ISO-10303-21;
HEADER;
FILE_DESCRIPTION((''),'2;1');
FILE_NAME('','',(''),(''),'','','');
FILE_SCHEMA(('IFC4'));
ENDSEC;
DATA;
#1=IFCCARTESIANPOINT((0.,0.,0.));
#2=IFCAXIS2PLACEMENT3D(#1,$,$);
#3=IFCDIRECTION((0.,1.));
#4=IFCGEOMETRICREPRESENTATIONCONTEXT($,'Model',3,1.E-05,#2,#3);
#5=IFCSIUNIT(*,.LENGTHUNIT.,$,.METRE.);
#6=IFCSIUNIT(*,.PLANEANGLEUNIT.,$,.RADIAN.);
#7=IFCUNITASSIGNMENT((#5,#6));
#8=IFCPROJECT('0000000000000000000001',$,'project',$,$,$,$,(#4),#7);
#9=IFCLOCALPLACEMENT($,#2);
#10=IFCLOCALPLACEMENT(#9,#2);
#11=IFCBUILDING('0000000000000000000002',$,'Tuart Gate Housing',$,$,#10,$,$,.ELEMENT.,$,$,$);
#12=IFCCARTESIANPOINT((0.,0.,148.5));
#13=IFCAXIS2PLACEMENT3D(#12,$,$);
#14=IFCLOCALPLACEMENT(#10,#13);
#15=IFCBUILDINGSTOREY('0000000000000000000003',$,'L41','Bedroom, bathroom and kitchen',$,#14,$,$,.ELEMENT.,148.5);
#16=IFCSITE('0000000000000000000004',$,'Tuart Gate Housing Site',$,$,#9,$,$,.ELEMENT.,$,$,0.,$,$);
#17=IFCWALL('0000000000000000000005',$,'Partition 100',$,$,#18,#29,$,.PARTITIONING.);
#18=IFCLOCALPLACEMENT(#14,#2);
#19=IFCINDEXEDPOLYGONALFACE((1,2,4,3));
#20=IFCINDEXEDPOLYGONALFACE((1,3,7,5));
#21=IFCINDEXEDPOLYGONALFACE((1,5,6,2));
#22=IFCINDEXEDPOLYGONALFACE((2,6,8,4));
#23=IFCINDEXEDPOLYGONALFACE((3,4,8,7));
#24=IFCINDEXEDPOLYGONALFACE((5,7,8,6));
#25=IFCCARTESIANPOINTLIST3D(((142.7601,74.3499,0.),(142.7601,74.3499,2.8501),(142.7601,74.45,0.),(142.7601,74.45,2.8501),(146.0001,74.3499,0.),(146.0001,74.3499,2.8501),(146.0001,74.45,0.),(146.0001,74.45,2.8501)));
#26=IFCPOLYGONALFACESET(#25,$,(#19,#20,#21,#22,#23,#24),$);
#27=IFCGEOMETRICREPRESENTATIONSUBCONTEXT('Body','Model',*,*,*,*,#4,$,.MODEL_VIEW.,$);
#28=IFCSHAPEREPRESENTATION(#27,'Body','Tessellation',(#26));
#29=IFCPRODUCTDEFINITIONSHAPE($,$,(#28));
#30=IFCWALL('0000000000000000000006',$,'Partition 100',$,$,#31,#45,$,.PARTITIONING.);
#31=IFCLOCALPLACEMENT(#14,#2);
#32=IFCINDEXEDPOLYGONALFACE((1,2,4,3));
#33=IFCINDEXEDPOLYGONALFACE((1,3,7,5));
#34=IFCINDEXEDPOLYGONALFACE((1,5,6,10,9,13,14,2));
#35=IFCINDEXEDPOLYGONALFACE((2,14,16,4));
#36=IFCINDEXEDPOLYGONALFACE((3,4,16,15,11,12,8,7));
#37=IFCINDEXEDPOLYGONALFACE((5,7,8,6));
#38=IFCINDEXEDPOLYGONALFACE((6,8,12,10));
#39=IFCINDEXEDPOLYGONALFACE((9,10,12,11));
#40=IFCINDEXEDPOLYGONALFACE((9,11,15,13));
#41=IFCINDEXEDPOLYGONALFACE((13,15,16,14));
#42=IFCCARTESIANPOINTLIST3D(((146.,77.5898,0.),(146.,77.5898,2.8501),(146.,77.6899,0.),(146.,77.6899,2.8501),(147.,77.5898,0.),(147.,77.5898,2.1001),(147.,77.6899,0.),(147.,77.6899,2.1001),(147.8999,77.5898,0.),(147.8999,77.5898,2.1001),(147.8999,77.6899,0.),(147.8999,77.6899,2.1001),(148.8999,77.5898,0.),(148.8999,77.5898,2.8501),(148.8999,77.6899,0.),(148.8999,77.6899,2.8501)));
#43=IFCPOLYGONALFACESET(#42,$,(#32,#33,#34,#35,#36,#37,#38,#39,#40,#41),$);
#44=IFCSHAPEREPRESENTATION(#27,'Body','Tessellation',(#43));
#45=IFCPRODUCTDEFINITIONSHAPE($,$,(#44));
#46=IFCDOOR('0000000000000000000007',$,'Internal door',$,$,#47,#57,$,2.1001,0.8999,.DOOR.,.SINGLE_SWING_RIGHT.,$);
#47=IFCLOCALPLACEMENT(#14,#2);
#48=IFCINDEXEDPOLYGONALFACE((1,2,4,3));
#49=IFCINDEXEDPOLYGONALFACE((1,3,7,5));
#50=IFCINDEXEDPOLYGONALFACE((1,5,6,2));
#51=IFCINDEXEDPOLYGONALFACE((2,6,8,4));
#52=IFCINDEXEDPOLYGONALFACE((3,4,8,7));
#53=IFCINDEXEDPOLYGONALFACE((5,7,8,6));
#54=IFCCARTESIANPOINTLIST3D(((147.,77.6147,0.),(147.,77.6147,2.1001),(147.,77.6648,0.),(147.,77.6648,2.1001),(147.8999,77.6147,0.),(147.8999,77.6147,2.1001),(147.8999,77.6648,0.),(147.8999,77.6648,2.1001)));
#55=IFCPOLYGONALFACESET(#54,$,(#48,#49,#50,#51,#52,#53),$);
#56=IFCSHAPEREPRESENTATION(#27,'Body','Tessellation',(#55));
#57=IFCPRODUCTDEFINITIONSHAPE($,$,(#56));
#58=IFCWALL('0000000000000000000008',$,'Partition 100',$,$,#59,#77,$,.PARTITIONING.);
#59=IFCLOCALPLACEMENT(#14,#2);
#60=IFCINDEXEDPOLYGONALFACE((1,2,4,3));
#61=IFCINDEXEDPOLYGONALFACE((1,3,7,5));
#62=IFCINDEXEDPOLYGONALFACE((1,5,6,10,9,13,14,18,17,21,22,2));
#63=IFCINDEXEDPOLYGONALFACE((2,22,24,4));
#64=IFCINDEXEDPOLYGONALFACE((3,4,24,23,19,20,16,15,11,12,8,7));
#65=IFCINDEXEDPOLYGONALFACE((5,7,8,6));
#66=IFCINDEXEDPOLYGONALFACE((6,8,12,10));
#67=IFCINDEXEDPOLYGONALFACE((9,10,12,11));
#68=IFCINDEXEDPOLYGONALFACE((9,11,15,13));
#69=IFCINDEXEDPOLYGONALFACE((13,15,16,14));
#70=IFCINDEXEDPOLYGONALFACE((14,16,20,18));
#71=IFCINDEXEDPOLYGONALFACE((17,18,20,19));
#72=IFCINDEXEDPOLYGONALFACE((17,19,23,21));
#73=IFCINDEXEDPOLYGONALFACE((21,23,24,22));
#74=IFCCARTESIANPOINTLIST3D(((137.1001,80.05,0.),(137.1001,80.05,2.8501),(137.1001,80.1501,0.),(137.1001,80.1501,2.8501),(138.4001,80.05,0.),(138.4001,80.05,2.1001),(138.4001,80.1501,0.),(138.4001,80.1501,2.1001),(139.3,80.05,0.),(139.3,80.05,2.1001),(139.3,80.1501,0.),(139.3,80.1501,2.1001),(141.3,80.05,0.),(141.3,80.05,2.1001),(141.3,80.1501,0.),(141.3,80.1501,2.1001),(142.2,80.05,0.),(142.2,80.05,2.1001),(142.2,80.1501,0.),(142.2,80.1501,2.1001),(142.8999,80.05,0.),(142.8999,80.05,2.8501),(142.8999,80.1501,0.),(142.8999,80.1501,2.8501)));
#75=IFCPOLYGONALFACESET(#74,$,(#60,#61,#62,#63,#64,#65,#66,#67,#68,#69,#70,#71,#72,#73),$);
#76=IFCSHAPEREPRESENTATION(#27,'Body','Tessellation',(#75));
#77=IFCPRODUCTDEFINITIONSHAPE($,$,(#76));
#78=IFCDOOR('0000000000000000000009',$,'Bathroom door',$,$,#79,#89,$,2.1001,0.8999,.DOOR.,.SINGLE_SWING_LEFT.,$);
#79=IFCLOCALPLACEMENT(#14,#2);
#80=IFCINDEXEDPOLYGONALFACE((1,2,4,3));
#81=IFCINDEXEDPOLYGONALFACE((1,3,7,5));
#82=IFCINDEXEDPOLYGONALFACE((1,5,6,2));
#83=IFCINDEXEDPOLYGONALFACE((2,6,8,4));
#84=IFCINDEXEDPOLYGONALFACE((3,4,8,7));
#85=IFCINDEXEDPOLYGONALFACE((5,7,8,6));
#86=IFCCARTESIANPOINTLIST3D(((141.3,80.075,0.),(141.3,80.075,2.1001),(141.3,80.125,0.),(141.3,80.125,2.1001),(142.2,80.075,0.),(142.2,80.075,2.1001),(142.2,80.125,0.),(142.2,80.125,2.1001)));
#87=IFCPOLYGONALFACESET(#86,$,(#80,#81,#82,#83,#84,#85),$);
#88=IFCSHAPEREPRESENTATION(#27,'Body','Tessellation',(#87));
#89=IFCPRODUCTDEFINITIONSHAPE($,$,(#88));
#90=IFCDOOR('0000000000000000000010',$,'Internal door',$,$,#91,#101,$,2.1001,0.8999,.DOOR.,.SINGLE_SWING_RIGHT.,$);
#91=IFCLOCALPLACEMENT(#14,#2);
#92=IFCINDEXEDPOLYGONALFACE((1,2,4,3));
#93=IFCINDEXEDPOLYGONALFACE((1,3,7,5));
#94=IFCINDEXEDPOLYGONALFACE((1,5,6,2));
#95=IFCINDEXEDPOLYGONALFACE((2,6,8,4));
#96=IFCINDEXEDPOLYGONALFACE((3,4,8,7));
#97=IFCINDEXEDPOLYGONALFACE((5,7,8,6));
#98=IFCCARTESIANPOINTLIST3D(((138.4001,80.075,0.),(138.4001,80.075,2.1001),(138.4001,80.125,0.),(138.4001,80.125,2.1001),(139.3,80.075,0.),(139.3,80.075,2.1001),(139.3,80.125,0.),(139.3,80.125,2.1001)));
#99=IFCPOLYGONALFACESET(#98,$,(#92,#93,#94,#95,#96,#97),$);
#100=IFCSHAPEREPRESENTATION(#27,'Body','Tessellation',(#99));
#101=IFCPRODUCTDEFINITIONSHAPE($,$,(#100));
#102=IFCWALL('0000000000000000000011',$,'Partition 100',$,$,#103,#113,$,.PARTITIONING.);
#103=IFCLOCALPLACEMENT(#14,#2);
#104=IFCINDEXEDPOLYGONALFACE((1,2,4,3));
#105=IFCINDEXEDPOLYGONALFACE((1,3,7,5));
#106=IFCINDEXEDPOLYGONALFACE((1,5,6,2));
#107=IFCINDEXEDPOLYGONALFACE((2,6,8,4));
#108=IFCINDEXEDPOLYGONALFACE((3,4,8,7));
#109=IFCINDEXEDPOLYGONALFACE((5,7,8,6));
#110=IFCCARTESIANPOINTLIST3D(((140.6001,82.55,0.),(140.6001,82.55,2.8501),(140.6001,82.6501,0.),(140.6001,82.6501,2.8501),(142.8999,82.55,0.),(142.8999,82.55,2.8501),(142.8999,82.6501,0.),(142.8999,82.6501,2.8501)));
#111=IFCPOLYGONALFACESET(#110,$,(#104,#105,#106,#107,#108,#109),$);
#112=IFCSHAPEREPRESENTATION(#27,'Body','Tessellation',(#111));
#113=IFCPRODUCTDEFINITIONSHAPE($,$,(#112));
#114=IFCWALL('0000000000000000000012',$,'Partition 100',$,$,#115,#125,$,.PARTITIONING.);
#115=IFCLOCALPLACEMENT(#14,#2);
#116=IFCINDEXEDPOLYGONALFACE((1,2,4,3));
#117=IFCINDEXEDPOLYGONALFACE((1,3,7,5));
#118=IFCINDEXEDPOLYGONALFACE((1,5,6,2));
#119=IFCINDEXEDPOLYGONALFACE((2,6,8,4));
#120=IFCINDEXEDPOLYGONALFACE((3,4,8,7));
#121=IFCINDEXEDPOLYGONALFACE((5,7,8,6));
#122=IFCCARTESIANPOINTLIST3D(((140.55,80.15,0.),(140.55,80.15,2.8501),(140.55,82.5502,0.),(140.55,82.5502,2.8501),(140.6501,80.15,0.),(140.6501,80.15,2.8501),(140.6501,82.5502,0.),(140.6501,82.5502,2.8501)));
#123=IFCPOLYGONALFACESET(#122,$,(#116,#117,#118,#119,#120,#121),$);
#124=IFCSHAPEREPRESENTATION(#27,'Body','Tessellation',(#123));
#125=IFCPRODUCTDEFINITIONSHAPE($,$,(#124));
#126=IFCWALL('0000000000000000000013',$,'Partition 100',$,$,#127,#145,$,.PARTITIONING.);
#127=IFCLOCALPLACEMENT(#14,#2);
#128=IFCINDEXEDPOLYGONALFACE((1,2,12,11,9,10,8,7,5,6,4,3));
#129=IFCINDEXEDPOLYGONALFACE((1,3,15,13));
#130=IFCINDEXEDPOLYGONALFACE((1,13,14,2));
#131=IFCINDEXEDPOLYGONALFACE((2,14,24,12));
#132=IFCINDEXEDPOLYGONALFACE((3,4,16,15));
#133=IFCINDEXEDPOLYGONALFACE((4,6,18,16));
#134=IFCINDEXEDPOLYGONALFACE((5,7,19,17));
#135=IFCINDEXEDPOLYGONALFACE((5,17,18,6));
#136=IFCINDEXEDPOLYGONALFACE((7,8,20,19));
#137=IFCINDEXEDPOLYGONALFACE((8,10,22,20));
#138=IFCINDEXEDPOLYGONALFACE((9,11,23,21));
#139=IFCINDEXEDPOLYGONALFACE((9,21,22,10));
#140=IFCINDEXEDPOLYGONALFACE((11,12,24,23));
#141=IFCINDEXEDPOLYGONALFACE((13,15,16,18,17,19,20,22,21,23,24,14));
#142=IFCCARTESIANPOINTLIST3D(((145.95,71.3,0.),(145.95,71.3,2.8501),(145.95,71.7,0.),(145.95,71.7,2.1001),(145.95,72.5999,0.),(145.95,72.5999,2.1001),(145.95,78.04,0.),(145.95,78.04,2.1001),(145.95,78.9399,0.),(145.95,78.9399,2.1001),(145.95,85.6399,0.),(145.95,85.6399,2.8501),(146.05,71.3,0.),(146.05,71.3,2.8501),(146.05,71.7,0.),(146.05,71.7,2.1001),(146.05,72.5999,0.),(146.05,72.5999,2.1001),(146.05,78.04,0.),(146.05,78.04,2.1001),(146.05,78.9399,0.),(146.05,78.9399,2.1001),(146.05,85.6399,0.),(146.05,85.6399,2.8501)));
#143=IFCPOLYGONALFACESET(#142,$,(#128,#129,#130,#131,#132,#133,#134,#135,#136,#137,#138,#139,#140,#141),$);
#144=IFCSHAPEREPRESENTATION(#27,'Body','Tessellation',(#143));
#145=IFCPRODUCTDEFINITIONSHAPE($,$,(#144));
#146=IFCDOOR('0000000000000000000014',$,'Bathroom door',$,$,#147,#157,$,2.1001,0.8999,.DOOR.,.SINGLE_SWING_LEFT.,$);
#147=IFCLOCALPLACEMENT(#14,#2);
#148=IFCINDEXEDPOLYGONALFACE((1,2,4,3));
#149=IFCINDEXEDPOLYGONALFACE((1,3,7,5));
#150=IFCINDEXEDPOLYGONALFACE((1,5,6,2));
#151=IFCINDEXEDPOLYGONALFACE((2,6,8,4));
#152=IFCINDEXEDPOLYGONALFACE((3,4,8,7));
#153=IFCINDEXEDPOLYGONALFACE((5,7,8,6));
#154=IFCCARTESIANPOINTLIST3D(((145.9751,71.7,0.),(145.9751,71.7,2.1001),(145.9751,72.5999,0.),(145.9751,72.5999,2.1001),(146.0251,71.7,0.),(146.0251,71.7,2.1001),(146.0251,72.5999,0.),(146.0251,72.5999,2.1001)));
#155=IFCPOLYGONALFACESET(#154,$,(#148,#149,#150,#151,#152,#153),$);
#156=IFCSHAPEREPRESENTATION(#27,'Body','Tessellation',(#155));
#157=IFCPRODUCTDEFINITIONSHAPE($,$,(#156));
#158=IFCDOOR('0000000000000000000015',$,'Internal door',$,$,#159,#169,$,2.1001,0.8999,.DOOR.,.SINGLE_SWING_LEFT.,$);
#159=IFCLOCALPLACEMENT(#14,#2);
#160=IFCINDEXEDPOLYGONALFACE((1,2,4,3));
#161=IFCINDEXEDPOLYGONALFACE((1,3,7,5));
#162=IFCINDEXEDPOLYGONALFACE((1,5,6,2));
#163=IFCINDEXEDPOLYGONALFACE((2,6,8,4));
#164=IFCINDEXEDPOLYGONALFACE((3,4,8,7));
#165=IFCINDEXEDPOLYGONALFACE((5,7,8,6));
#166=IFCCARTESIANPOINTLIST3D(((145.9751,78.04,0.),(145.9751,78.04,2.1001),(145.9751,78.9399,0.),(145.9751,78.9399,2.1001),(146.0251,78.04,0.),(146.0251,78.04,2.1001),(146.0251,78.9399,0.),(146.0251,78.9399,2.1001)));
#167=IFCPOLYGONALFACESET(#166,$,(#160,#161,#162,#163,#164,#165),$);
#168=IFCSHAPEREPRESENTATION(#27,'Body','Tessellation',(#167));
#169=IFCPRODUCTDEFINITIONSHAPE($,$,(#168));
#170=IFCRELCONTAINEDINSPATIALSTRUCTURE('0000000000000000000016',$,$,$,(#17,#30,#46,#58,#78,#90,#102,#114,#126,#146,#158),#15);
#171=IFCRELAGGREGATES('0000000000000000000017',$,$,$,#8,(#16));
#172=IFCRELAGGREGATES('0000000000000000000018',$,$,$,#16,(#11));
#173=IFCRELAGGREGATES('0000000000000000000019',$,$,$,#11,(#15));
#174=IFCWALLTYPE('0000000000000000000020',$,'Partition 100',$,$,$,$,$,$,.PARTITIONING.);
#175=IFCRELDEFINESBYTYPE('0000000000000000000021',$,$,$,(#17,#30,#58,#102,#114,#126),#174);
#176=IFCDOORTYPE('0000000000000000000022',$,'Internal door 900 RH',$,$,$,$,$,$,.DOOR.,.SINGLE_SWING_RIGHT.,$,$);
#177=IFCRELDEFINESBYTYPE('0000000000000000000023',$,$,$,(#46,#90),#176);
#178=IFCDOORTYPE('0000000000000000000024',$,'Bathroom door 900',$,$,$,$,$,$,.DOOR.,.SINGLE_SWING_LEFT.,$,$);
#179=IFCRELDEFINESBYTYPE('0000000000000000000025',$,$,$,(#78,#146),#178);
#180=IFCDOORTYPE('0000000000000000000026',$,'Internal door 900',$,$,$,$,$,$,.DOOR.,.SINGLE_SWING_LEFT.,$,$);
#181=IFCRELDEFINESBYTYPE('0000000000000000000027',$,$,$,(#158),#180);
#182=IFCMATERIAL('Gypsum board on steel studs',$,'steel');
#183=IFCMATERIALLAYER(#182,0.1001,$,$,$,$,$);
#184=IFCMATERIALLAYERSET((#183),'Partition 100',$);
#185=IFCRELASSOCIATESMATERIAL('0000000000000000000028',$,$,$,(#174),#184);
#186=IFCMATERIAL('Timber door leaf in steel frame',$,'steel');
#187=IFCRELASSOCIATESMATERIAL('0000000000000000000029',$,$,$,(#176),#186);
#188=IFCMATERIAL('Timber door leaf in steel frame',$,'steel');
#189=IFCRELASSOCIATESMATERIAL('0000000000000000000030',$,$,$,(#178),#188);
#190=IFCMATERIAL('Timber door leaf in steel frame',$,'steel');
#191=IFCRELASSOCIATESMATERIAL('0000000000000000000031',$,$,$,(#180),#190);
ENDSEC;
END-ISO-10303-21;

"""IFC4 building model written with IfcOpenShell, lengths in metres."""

from ifc_helpers import new_model, si_unit, direction, frame, frame_2d, origin, place, context, subcontext, project, spatial, rectangle, extrude, material, layer, layer_set, type_object, element, fill, save


model = new_model("IFC4")

# Units and contexts
model_context = context("Model", 3, precision=1e-05, world=origin(), true_north=direction((0.0, 1.0)))
body_context = subcontext(model_context, "Body", "Model", "MODEL_VIEW")
ifc_project = project(units=[si_unit("LENGTHUNIT", "METRE"), si_unit("PLANEANGLEUNIT", "RADIAN")], contexts=[model_context])

# Site, building, storey
site_placement = place(None, origin())
site = spatial("IfcSite", under=ifc_project, at=site_placement, Name="Tuart Gate Housing Site", CompositionType="ELEMENT", RefElevation=0.0)
building_placement = place(site_placement, origin())
building = spatial("IfcBuilding", under=site, at=building_placement, Name="Tuart Gate Housing", CompositionType="ELEMENT")
storey_placement = place(building_placement, frame((0.0, 0.0, 148.5)))
storey = spatial("IfcBuildingStorey", under=building, at=storey_placement, Name="L41", Description="Bedroom, bathroom and kitchen", CompositionType="ELEMENT", Elevation=148.5)

# Wall
ifc_material_1 = material(Name="Gypsum board on steel studs", Category="steel")
ifc_layer_1 = layer(ifc_material_1, 0.1001)
ifc_layer_set_1 = layer_set([ifc_layer_1], Name="Partition 100")
wall_type_1 = type_object("IfcWallType", Name="Partition 100", PredefinedType="PARTITIONING", material=ifc_layer_set_1)
wall_1_placement = place(storey_placement, frame((142.76, 74.3999, 0.0), z_axis=(0.0, 0.0, 1.0), x_axis=(1.0, 0.0, 0.0)))
element("IfcWall", 1, at=wall_1_placement, inside=storey, type_object=wall_type_1, Name="Partition 100", PredefinedType="PARTITIONING", context=body_context, shape_type="SweptSolid", body=[
    extrude(rectangle(XDim=3.24, YDim=0.1001, at=frame_2d((1.6201, 0.0))), origin(), (0.0, 0.0, 1.0), 2.8501),
])

# Wall, opening, door
wall_2_placement = place(storey_placement, frame((146.0, 77.6399, 0.0), z_axis=(0.0, 0.0, 1.0), x_axis=(1.0, 0.0, 0.0)))
wall_2 = element("IfcWall", 2, at=wall_2_placement, inside=storey, type_object=wall_type_1, Name="Partition 100", PredefinedType="PARTITIONING", context=body_context, shape_type="SweptSolid", body=[
    extrude(rectangle(XDim=2.8999, YDim=0.1001, at=frame_2d((1.45, 0.0))), origin(), (0.0, 0.0, 1.0), 2.8501),
])
opening_1_placement = place(wall_2_placement, frame((1.0, 0.0, 0.0)))
opening_1 = element("IfcOpeningElement", 3, at=opening_1_placement, cuts=wall_2, PredefinedType="OPENING", context=body_context, shape_type="SweptSolid", body=[
    extrude(rectangle(XDim=0.8999, YDim=2.1001, at=frame_2d((0.45, 1.05))), frame((0.0, 0.0601, 0.0), z_axis=(0.0, -1.0, 0.0), x_axis=(1.0, 0.0, 0.0)), (0.0, 0.0, 1.0), 0.1201),
])
ifc_material_2 = material(Name="Timber door leaf in steel frame", Category="steel")
door_type_1 = type_object("IfcDoorType", Name="Internal door 900 RH", OperationType="SINGLE_SWING_RIGHT", PredefinedType="DOOR", material=ifc_material_2)
door_1_placement = place(opening_1_placement, frame((0.8999, 0.0, 0.0), z_axis=(0.0, 0.0, 1.0), x_axis=(-1.0, 0.0, 0.0)))
door_1 = element("IfcDoor", 4, at=door_1_placement, inside=storey, type_object=door_type_1, Name="Internal door", OperationType="SINGLE_SWING_RIGHT", OverallHeight=2.1001, OverallWidth=0.8999, PredefinedType="DOOR", context=body_context, shape_type="SweptSolid", body=[
    extrude(rectangle(XDim=0.8999, YDim=2.1001, at=frame_2d((0.45, 1.05))), frame((0.0, 0.0251, 0.0), z_axis=(0.0, -1.0, 0.0), x_axis=(1.0, 0.0, 0.0)), (0.0, 0.0, 1.0), 0.05),
])
fill(opening_1, door_1)

# Wall, openings, doors
wall_3_placement = place(storey_placement, frame((137.1001, 80.1001, 0.0), z_axis=(0.0, 0.0, 1.0), x_axis=(1.0, 0.0, 0.0)))
wall_3 = element("IfcWall", 5, at=wall_3_placement, inside=storey, type_object=wall_type_1, Name="Partition 100", PredefinedType="PARTITIONING", context=body_context, shape_type="SweptSolid", body=[
    extrude(rectangle(XDim=5.7998, YDim=0.1001, at=frame_2d((2.8999, 0.0))), origin(), (0.0, 0.0, 1.0), 2.8501),
])
opening_2_placement = place(wall_3_placement, frame((1.3, 0.0, 0.0)))
opening_2 = element("IfcOpeningElement", 6, at=opening_2_placement, cuts=wall_3, PredefinedType="OPENING", context=body_context, shape_type="SweptSolid", body=[
    extrude(rectangle(XDim=0.8999, YDim=2.1001, at=frame_2d((0.45, 1.05))), frame((0.0, 0.0601, 0.0), z_axis=(0.0, -1.0, 0.0), x_axis=(1.0, 0.0, 0.0)), (0.0, 0.0, 1.0), 0.1201),
])
opening_3_placement = place(wall_3_placement, frame((4.2, 0.0, 0.0)))
opening_3 = element("IfcOpeningElement", 7, at=opening_3_placement, cuts=wall_3, PredefinedType="OPENING", context=body_context, shape_type="SweptSolid", body=[
    extrude(rectangle(XDim=0.8999, YDim=2.1001, at=frame_2d((0.45, 1.05))), frame((0.0, 0.0601, 0.0), z_axis=(0.0, -1.0, 0.0), x_axis=(1.0, 0.0, 0.0)), (0.0, 0.0, 1.0), 0.1201),
])
ifc_material_3 = material(Name="Timber door leaf in steel frame", Category="steel")
door_type_2 = type_object("IfcDoorType", Name="Bathroom door 900", OperationType="SINGLE_SWING_LEFT", PredefinedType="DOOR", material=ifc_material_3)
door_2_placement = place(opening_3_placement, origin())
door_2 = element("IfcDoor", 8, at=door_2_placement, inside=storey, type_object=door_type_2, Name="Bathroom door", OperationType="SINGLE_SWING_LEFT", OverallHeight=2.1001, OverallWidth=0.8999, PredefinedType="DOOR", context=body_context, shape_type="SweptSolid", body=[
    extrude(rectangle(XDim=0.8999, YDim=2.1001, at=frame_2d((0.45, 1.05))), frame((0.0, 0.0249, 0.0), z_axis=(0.0, -1.0, 0.0), x_axis=(1.0, 0.0, 0.0)), (0.0, 0.0, 1.0), 0.05),
])
fill(opening_3, door_2)
door_3_placement = place(opening_2_placement, frame((0.8999, 0.0, 0.0), z_axis=(0.0, 0.0, 1.0), x_axis=(-1.0, 0.0, 0.0)))
door_3 = element("IfcDoor", 9, at=door_3_placement, inside=storey, type_object=door_type_1, Name="Internal door", OperationType="SINGLE_SWING_RIGHT", OverallHeight=2.1001, OverallWidth=0.8999, PredefinedType="DOOR", context=body_context, shape_type="SweptSolid", body=[
    extrude(rectangle(XDim=0.8999, YDim=2.1001, at=frame_2d((0.45, 1.05))), frame((0.0, 0.0251, 0.0), z_axis=(0.0, -1.0, 0.0), x_axis=(1.0, 0.0, 0.0)), (0.0, 0.0, 1.0), 0.05),
])
fill(opening_2, door_3)

# Walls
wall_4_placement = place(storey_placement, frame((140.6001, 82.6001, 0.0), z_axis=(0.0, 0.0, 1.0), x_axis=(1.0, 0.0, 0.0)))
element("IfcWall", 10, at=wall_4_placement, inside=storey, type_object=wall_type_1, Name="Partition 100", PredefinedType="PARTITIONING", context=body_context, shape_type="SweptSolid", body=[
    extrude(rectangle(XDim=2.2998, YDim=0.1001, at=frame_2d((1.1499, 0.0))), origin(), (0.0, 0.0, 1.0), 2.8501),
])
wall_5_placement = place(storey_placement, frame((140.6001, 80.1499, 0.0), z_axis=(0.0, 0.0, 1.0), x_axis=(0.0, 1.0, 0.0)))
element("IfcWall", 11, at=wall_5_placement, inside=storey, type_object=wall_type_1, Name="Partition 100", PredefinedType="PARTITIONING", context=body_context, shape_type="SweptSolid", body=[
    extrude(rectangle(XDim=2.4001, YDim=0.1001, at=frame_2d((1.2002, 0.0))), origin(), (0.0, 0.0, 1.0), 2.8501),
])

# Wall, openings, doors
wall_6_placement = place(storey_placement, frame((146.0, 71.3, 0.0), z_axis=(0.0, 0.0, 1.0), x_axis=(0.0, 1.0, 0.0)))
wall_6 = element("IfcWall", 12, at=wall_6_placement, inside=storey, type_object=wall_type_1, Name="Partition 100", PredefinedType="PARTITIONING", context=body_context, shape_type="SweptSolid", body=[
    extrude(rectangle(XDim=14.3398, YDim=0.1001, at=frame_2d((7.1699, 0.0))), origin(), (0.0, 0.0, 1.0), 2.8501),
])
opening_4_placement = place(wall_6_placement, frame((6.74, 0.0, 0.0)))
opening_4 = element("IfcOpeningElement", 13, at=opening_4_placement, cuts=wall_6, PredefinedType="OPENING", context=body_context, shape_type="SweptSolid", body=[
    extrude(rectangle(XDim=0.8999, YDim=2.1001, at=frame_2d((0.45, 1.05))), frame((0.0, 0.0601, 0.0), z_axis=(0.0, -1.0, 0.0), x_axis=(1.0, 0.0, 0.0)), (0.0, 0.0, 1.0), 0.1201),
])
opening_5_placement = place(wall_6_placement, frame((0.3999, 0.0, 0.0)))
opening_5 = element("IfcOpeningElement", 14, at=opening_5_placement, cuts=wall_6, PredefinedType="OPENING", context=body_context, shape_type="SweptSolid", body=[
    extrude(rectangle(XDim=0.8999, YDim=2.1001, at=frame_2d((0.45, 1.05))), frame((0.0, 0.0601, 0.0), z_axis=(0.0, -1.0, 0.0), x_axis=(1.0, 0.0, 0.0)), (0.0, 0.0, 1.0), 0.1201),
])
door_4_placement = place(opening_5_placement, origin())
door_4 = element("IfcDoor", 15, at=door_4_placement, inside=storey, type_object=door_type_2, Name="Bathroom door", OperationType="SINGLE_SWING_LEFT", OverallHeight=2.1001, OverallWidth=0.8999, PredefinedType="DOOR", context=body_context, shape_type="SweptSolid", body=[
    extrude(rectangle(XDim=0.8999, YDim=2.1001, at=frame_2d((0.45, 1.05))), frame((0.0, 0.0249, 0.0), z_axis=(0.0, -1.0, 0.0), x_axis=(1.0, 0.0, 0.0)), (0.0, 0.0, 1.0), 0.05),
])
fill(opening_5, door_4)
ifc_material_4 = material(Name="Timber door leaf in steel frame", Category="steel")
door_type_3 = type_object("IfcDoorType", Name="Internal door 900", OperationType="SINGLE_SWING_LEFT", PredefinedType="DOOR", material=ifc_material_4)
door_5_placement = place(opening_4_placement, origin())
door_5 = element("IfcDoor", 16, at=door_5_placement, inside=storey, type_object=door_type_3, Name="Internal door", OperationType="SINGLE_SWING_LEFT", OverallHeight=2.1001, OverallWidth=0.8999, PredefinedType="DOOR", context=body_context, shape_type="SweptSolid", body=[
    extrude(rectangle(XDim=0.8999, YDim=2.1001, at=frame_2d((0.45, 1.05))), frame((0.0, 0.0249, 0.0), z_axis=(0.0, -1.0, 0.0), x_axis=(1.0, 0.0, 0.0)), (0.0, 0.0, 1.0), 0.05),
])
fill(opening_4, door_5)

save(model, "model.ifc")
